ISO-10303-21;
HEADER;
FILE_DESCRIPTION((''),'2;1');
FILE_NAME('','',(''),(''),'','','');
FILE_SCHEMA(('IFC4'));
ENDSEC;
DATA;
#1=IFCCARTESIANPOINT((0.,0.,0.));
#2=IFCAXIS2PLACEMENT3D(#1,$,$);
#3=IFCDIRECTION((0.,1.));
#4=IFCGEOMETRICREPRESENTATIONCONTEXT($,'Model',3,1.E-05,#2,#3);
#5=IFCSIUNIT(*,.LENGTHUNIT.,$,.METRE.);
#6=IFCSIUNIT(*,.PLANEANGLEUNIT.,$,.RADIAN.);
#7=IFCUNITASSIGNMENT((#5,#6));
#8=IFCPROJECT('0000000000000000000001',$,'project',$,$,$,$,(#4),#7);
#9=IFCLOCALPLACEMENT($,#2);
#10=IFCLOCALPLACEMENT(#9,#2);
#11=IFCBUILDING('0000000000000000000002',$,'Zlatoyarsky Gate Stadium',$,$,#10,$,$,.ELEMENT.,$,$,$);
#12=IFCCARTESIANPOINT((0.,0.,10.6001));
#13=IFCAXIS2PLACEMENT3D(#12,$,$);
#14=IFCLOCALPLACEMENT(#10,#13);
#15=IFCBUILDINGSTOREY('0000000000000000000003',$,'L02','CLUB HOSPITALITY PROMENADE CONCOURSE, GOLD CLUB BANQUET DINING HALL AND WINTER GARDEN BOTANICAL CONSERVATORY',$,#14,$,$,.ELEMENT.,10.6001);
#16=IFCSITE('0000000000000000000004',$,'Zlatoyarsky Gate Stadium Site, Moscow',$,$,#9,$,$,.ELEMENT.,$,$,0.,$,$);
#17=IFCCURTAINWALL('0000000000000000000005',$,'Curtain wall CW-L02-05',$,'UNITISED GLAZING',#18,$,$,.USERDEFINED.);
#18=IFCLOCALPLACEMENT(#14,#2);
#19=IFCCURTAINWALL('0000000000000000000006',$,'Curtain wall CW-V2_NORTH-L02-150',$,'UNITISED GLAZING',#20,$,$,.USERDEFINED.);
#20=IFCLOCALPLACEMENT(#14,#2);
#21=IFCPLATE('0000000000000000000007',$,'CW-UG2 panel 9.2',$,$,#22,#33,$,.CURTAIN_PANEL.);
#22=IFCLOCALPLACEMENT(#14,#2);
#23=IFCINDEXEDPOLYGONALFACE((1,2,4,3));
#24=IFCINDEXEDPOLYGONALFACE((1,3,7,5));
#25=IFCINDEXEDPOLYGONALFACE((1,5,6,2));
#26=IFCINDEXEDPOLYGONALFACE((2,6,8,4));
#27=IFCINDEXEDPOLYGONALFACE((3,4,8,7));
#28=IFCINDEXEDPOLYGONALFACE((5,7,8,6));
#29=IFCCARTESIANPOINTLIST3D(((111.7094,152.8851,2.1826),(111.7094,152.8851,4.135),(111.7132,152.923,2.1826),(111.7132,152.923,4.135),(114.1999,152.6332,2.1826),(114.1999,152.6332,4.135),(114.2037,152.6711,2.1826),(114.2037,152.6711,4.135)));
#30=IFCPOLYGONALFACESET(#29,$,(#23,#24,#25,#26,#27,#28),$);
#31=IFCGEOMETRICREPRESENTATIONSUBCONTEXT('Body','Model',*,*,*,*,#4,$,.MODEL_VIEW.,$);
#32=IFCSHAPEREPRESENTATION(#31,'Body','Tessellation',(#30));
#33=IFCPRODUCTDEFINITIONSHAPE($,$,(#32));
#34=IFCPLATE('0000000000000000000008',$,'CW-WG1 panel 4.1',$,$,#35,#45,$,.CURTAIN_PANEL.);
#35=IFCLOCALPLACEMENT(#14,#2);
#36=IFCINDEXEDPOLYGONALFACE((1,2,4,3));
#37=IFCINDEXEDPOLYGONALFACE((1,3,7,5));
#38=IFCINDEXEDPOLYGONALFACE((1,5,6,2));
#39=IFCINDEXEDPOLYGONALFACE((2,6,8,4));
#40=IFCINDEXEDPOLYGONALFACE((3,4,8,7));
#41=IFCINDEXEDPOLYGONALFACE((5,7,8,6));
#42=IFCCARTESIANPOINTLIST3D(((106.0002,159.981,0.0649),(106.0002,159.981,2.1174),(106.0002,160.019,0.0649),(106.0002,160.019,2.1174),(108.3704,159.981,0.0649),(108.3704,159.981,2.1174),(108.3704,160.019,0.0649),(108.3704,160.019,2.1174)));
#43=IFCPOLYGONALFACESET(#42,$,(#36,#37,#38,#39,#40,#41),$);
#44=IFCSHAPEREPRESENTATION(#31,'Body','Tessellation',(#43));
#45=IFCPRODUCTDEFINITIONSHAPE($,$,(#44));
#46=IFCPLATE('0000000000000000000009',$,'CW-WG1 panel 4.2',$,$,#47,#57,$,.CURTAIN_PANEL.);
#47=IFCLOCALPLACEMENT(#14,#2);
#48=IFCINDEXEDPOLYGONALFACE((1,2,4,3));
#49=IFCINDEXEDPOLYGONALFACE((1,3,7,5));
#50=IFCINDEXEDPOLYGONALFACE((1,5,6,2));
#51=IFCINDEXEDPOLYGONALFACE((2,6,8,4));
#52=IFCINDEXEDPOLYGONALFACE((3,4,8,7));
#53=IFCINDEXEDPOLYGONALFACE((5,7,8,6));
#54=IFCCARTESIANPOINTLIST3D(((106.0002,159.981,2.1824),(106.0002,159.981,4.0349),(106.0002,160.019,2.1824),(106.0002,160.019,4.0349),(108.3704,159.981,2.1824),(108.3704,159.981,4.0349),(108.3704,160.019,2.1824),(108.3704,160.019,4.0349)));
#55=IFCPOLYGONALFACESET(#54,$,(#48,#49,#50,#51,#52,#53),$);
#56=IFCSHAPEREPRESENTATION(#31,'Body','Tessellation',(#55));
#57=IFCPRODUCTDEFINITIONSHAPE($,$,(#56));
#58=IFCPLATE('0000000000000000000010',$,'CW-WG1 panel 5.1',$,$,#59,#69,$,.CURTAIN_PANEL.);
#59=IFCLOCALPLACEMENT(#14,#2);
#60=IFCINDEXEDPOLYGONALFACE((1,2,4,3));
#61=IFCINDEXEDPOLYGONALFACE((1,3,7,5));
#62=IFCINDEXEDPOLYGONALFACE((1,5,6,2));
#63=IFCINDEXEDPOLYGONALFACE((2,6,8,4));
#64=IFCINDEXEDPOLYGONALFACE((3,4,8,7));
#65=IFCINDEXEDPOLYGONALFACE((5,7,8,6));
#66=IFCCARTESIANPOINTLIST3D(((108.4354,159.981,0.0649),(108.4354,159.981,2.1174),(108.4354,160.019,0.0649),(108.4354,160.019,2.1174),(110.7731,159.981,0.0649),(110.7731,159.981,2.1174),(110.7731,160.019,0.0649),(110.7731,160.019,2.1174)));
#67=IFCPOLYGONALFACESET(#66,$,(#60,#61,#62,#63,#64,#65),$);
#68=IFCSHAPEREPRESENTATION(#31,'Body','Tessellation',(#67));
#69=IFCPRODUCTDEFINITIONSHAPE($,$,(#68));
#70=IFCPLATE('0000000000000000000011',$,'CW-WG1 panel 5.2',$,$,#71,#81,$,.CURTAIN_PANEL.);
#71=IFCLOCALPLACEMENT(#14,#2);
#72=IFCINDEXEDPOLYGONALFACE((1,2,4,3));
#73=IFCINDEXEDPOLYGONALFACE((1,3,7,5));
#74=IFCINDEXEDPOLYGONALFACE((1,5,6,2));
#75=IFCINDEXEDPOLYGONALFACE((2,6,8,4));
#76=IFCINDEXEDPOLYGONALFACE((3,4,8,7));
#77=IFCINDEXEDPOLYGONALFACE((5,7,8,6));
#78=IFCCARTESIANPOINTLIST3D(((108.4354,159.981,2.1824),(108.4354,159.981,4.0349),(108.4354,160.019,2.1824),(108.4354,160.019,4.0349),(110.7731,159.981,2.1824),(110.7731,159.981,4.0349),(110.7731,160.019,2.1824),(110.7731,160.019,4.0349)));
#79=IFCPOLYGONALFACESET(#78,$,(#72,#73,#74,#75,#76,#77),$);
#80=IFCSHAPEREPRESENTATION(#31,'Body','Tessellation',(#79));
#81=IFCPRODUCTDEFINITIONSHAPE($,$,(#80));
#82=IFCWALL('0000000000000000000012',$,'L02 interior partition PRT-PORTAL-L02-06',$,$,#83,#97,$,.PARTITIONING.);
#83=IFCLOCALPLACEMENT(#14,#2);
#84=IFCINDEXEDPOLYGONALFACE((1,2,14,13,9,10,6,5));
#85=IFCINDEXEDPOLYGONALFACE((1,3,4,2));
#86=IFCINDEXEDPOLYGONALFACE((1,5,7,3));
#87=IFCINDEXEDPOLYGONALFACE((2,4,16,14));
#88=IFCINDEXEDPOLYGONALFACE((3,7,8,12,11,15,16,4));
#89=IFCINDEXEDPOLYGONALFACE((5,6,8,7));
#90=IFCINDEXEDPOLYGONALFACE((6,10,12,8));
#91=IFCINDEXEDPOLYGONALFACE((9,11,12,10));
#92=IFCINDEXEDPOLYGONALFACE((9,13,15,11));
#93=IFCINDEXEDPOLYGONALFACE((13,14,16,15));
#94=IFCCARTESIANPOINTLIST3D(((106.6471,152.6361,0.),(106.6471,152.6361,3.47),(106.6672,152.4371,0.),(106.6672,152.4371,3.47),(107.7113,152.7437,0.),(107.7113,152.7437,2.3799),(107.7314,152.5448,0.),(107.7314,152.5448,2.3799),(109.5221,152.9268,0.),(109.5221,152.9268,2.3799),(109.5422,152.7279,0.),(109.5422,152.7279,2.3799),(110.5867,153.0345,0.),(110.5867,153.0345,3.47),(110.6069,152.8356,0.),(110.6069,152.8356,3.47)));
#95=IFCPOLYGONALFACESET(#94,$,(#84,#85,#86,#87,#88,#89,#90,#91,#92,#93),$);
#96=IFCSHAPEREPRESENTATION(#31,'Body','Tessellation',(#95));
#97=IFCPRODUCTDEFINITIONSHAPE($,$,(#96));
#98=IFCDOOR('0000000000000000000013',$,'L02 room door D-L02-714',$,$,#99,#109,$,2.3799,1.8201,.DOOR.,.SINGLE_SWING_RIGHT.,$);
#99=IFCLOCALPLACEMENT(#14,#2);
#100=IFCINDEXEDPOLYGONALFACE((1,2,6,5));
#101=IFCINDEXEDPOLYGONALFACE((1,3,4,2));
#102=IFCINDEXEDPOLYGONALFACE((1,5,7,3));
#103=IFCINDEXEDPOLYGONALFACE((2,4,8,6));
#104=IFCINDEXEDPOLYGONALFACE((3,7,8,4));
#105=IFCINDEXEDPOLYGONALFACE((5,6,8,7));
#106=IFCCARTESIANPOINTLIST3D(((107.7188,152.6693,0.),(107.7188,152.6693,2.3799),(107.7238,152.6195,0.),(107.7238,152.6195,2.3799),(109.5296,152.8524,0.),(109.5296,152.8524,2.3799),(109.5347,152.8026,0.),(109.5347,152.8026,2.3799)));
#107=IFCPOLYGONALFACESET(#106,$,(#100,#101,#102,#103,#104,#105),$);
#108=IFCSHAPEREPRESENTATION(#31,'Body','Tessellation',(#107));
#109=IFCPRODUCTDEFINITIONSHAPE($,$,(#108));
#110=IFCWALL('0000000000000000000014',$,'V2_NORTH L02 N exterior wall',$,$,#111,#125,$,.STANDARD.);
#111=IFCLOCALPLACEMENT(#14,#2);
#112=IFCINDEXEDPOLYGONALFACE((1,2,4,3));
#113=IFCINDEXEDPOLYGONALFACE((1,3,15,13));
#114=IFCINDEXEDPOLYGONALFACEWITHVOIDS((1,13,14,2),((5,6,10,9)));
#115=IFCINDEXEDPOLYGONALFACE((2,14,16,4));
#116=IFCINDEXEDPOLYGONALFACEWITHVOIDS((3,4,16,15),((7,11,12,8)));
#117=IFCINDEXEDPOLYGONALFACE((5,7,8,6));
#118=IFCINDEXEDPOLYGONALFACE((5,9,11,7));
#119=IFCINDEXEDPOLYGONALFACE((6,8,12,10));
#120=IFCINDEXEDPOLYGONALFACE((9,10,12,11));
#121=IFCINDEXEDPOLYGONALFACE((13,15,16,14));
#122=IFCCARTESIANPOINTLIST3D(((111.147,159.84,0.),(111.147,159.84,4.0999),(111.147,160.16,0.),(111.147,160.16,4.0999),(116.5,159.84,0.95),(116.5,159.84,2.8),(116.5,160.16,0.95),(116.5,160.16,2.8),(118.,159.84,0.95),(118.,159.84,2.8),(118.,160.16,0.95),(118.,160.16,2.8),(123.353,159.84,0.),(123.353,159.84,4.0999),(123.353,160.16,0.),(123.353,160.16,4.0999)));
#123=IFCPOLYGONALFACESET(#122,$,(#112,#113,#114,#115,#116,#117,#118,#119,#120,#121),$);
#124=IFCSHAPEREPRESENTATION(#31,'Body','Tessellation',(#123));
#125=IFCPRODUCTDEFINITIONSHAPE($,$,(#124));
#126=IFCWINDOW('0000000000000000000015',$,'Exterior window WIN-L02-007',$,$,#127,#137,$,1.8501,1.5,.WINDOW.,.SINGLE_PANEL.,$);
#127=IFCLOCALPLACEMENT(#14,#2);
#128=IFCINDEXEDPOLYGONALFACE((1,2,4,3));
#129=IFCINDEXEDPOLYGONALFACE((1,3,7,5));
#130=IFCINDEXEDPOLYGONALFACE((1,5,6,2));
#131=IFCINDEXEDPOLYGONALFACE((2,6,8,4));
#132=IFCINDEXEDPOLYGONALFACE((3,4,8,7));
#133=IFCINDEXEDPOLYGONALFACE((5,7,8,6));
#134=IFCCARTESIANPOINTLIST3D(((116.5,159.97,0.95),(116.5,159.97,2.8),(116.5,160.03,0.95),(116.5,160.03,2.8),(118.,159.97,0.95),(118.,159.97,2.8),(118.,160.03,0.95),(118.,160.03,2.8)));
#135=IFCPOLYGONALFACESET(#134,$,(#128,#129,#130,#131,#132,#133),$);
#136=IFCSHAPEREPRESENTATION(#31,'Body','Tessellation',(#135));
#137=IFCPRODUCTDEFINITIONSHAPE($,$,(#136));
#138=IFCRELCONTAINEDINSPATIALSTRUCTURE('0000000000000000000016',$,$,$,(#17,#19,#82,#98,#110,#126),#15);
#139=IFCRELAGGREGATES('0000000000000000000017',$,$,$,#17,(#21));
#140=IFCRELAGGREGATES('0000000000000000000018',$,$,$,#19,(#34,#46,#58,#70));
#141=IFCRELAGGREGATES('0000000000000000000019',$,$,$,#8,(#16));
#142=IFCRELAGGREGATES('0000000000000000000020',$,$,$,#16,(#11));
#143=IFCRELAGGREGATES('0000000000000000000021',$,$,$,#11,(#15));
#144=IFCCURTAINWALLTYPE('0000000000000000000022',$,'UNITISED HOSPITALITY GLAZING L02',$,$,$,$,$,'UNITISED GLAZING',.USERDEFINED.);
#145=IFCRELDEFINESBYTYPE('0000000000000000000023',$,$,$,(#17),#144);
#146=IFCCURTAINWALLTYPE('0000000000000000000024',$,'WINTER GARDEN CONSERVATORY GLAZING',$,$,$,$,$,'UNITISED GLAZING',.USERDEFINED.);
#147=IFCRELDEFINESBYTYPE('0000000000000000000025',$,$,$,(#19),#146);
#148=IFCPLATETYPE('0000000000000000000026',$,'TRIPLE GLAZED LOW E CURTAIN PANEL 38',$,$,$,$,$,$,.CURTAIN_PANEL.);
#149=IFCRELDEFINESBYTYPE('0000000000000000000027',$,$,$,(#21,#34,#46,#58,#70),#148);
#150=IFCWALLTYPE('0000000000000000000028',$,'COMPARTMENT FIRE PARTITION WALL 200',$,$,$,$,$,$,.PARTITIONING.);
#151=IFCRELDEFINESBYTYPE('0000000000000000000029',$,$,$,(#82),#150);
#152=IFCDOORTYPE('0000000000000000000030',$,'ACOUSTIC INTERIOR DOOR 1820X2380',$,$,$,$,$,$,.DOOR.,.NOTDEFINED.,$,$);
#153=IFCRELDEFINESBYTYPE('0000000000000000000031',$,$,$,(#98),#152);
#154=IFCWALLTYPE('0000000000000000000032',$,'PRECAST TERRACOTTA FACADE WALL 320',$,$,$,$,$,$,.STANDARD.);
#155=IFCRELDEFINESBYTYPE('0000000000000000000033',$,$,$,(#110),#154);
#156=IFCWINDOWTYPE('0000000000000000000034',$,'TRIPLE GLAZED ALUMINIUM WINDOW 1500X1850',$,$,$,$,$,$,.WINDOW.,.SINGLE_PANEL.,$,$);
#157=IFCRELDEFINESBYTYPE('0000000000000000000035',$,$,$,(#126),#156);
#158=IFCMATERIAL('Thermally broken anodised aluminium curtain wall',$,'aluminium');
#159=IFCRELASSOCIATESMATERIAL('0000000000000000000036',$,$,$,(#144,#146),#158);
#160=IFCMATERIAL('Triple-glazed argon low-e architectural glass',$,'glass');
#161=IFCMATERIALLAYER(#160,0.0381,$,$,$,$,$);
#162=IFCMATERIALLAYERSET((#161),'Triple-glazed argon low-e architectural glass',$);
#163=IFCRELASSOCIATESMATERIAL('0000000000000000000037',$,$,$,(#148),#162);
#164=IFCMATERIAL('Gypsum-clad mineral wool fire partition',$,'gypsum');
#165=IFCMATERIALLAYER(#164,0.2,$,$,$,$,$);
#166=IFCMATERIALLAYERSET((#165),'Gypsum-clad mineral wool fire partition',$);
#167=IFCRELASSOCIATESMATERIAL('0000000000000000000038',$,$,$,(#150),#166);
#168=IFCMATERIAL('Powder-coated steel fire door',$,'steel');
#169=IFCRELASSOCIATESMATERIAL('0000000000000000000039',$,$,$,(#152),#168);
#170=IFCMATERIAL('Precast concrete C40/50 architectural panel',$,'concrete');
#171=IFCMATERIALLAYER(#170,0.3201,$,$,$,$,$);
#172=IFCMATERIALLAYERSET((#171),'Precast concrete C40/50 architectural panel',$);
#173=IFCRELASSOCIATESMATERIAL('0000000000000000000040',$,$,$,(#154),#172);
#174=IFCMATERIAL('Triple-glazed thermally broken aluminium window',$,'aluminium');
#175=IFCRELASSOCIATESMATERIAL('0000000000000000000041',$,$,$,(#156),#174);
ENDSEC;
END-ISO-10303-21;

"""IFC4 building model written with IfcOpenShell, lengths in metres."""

from ifc_helpers import new_model, si_unit, direction, frame, frame_2d, origin, origin_2d, place, context, subcontext, project, spatial, rectangle, extrude, material, layer, layer_set, type_object, element, fill, aggregate, save


model = new_model("IFC4")

# Units and contexts
model_context = context("Model", 3, precision=1e-05, world=origin(), true_north=direction((0.0, 1.0)))
body_context = subcontext(model_context, "Body", "Model", "MODEL_VIEW")
ifc_project = project(units=[si_unit("LENGTHUNIT", "METRE"), si_unit("PLANEANGLEUNIT", "RADIAN")], contexts=[model_context])

# Site, building, storey
site_placement = place(None, origin())
site = spatial("IfcSite", under=ifc_project, at=site_placement, Name="Zlatoyarsky Gate Stadium Site, Moscow", CompositionType="ELEMENT", RefElevation=0.0)
building_placement = place(site_placement, origin())
building = spatial("IfcBuilding", under=site, at=building_placement, Name="Zlatoyarsky Gate Stadium", CompositionType="ELEMENT")
storey_placement = place(building_placement, frame((0.0, 0.0, 10.6001)))
storey = spatial("IfcBuildingStorey", under=building, at=storey_placement, Name="L02", Description="CLUB HOSPITALITY PROMENADE CONCOURSE, GOLD CLUB BANQUET DINING HALL AND WINTER GARDEN BOTANICAL CONSERVATORY", CompositionType="ELEMENT", Elevation=10.6001)

# Curtain walls
ifc_material_1 = material(Name="Thermally broken anodised aluminium curtain wall", Category="aluminium")
curtain_wall_type_1 = type_object("IfcCurtainWallType", Name="UNITISED HOSPITALITY GLAZING L02", ElementType="UNITISED GLAZING", PredefinedType="USERDEFINED", material=ifc_material_1)
curtain_wall_1_placement = place(storey_placement, origin())
curtain_wall_1 = element("IfcCurtainWall", 1, at=curtain_wall_1_placement, inside=storey, type_object=curtain_wall_type_1, Name="Curtain wall CW-L02-05", ObjectType="UNITISED GLAZING", PredefinedType="USERDEFINED")
curtain_wall_type_2 = type_object("IfcCurtainWallType", Name="WINTER GARDEN CONSERVATORY GLAZING", ElementType="UNITISED GLAZING", PredefinedType="USERDEFINED", material=ifc_material_1)
curtain_wall_2_placement = place(storey_placement, origin())
curtain_wall_2 = element("IfcCurtainWall", 2, at=curtain_wall_2_placement, inside=storey, type_object=curtain_wall_type_2, Name="Curtain wall CW-V2_NORTH-L02-150", ObjectType="UNITISED GLAZING", PredefinedType="USERDEFINED")

# Plates
ifc_material_2 = material(Name="Triple-glazed argon low-e architectural glass", Category="glass")
ifc_layer_1 = layer(ifc_material_2, 0.0381)
ifc_layer_set_1 = layer_set([ifc_layer_1], Name="Triple-glazed argon low-e architectural glass")
plate_type_1 = type_object("IfcPlateType", Name="TRIPLE GLAZED LOW E CURTAIN PANEL 38", PredefinedType="CURTAIN_PANEL", material=ifc_layer_set_1)
plate_1_placement = place(storey_placement, frame((112.9565, 152.7781, 2.1826), z_axis=(0.0, 0.0, 1.0), x_axis=(-0.994922, 0.100645, 0.0)))
plate_1 = element("IfcPlate", 3, at=plate_1_placement, type_object=plate_type_1, Name="CW-UG2 panel 9.2", PredefinedType="CURTAIN_PANEL", context=body_context, shape_type="SweptSolid", body=[
    extrude(rectangle(XDim=2.5032, YDim=0.0381, at=origin_2d()), origin(), (0.0, 0.0, 1.0), 1.9524),
])
aggregate(curtain_wall_1, [plate_1])
plate_2_placement = place(storey_placement, frame((107.1853, 160.0, 0.0649), z_axis=(0.0, 0.0, 1.0), x_axis=(1.0, 0.0, 0.0)))
plate_2 = element("IfcPlate", 4, at=plate_2_placement, type_object=plate_type_1, Name="CW-WG1 panel 4.1", PredefinedType="CURTAIN_PANEL", context=body_context, shape_type="SweptSolid", body=[
    extrude(rectangle(XDim=2.3701, YDim=0.0381, at=origin_2d()), origin(), (0.0, 0.0, 1.0), 2.0525),
])
plate_3_placement = place(storey_placement, frame((107.1853, 160.0, 2.1824), z_axis=(0.0, 0.0, 1.0), x_axis=(1.0, 0.0, 0.0)))
plate_3 = element("IfcPlate", 5, at=plate_3_placement, type_object=plate_type_1, Name="CW-WG1 panel 4.2", PredefinedType="CURTAIN_PANEL", context=body_context, shape_type="SweptSolid", body=[
    extrude(rectangle(XDim=2.3701, YDim=0.0381, at=origin_2d()), origin(), (0.0, 0.0, 1.0), 1.8525),
])
plate_4_placement = place(storey_placement, frame((109.6042, 160.0, 0.0649), z_axis=(0.0, 0.0, 1.0), x_axis=(1.0, 0.0, 0.0)))
plate_4 = element("IfcPlate", 6, at=plate_4_placement, type_object=plate_type_1, Name="CW-WG1 panel 5.1", PredefinedType="CURTAIN_PANEL", context=body_context, shape_type="SweptSolid", body=[
    extrude(rectangle(XDim=2.3376, YDim=0.0381, at=origin_2d()), origin(), (0.0, 0.0, 1.0), 2.0525),
])
plate_5_placement = place(storey_placement, frame((109.6042, 160.0, 2.1824), z_axis=(0.0, 0.0, 1.0), x_axis=(1.0, 0.0, 0.0)))
plate_5 = element("IfcPlate", 7, at=plate_5_placement, type_object=plate_type_1, Name="CW-WG1 panel 5.2", PredefinedType="CURTAIN_PANEL", context=body_context, shape_type="SweptSolid", body=[
    extrude(rectangle(XDim=2.3376, YDim=0.0381, at=origin_2d()), origin(), (0.0, 0.0, 1.0), 1.8525),
])
aggregate(curtain_wall_2, [plate_2, plate_3, plate_4, plate_5])

# Wall, opening, door
ifc_material_3 = material(Name="Gypsum-clad mineral wool fire partition", Category="gypsum")
ifc_layer_2 = layer(ifc_material_3, 0.2)
ifc_layer_set_2 = layer_set([ifc_layer_2], Name="Gypsum-clad mineral wool fire partition")
wall_type_1 = type_object("IfcWallType", Name="COMPARTMENT FIRE PARTITION WALL 200", PredefinedType="PARTITIONING", material=ifc_layer_set_2)
wall_1_placement = place(storey_placement, frame((110.5969, 152.9351, 0.0), z_axis=(0.0, 0.0, 1.0), x_axis=(-0.994925, -0.100621, 0.0)))
wall_1 = element("IfcWall", 8, at=wall_1_placement, inside=storey, type_object=wall_type_1, Name="L02 interior partition PRT-PORTAL-L02-06", PredefinedType="PARTITIONING", context=body_context, shape_type="SweptSolid", body=[
    extrude(rectangle(XDim=3.9597, YDim=0.2, at=frame_2d((1.98, 0.0))), origin(), (0.0, 0.0, 1.0), 3.47),
])
opening_1_placement = place(wall_1_placement, frame((1.0701, 0.0, 0.0)))
opening_1 = element("IfcOpeningElement", 9, at=opening_1_placement, cuts=wall_1, PredefinedType="OPENING", context=body_context, shape_type="SweptSolid", body=[
    extrude(rectangle(XDim=1.8201, YDim=2.3799, at=frame_2d((0.9102, 1.1899))), frame((0.0, 0.1099, 0.0), z_axis=(0.0, -1.0, 0.0), x_axis=(1.0, 0.0, 0.0)), (0.0, 0.0, 1.0), 0.22),
])
ifc_material_4 = material(Name="Powder-coated steel fire door", Category="steel")
door_type = type_object("IfcDoorType", Name="ACOUSTIC INTERIOR DOOR 1820X2380", OperationType="NOTDEFINED", PredefinedType="DOOR", material=ifc_material_4)
door_placement = place(opening_1_placement, origin())
door = element("IfcDoor", 10, at=door_placement, inside=storey, type_object=door_type, Name="L02 room door D-L02-714", OperationType="SINGLE_SWING_RIGHT", OverallHeight=2.3799, OverallWidth=1.8201, PredefinedType="DOOR", context=body_context, shape_type="SweptSolid", body=[
    extrude(rectangle(XDim=1.8201, YDim=2.3799, at=frame_2d((0.9102, 1.1899))), frame((0.0, 0.0249, 0.0), z_axis=(0.0, -1.0, 0.0), x_axis=(1.0, 0.0, 0.0)), (0.0, 0.0, 1.0), 0.05),
])
fill(opening_1, door)

# Wall, opening, window
ifc_material_5 = material(Name="Precast concrete C40/50 architectural panel", Category="concrete")
ifc_layer_3 = layer(ifc_material_5, 0.3201)
ifc_layer_set_3 = layer_set([ifc_layer_3], Name="Precast concrete C40/50 architectural panel")
wall_type_2 = type_object("IfcWallType", Name="PRECAST TERRACOTTA FACADE WALL 320", PredefinedType="STANDARD", material=ifc_layer_set_3)
wall_2_placement = place(storey_placement, frame((111.147, 160.0, 0.0), z_axis=(0.0, 0.0, 1.0), x_axis=(1.0, 0.0, 0.0)))
wall_2 = element("IfcWall", 11, at=wall_2_placement, inside=storey, type_object=wall_type_2, Name="V2_NORTH L02 N exterior wall", PredefinedType="STANDARD", context=body_context, shape_type="SweptSolid", body=[
    extrude(rectangle(XDim=12.2061, YDim=0.3201, at=frame_2d((6.103, 0.0))), origin(), (0.0, 0.0, 1.0), 4.0999),
])
opening_2_placement = place(wall_2_placement, frame((5.353, 0.0, 0.95)))
opening_2 = element("IfcOpeningElement", 12, at=opening_2_placement, cuts=wall_2, PredefinedType="OPENING", context=body_context, shape_type="SweptSolid", body=[
    extrude(rectangle(XDim=1.5, YDim=1.8501, at=frame_2d((0.75, 0.925))), frame((0.0, 0.1699, 0.0), z_axis=(0.0, -1.0, 0.0), x_axis=(1.0, 0.0, 0.0)), (0.0, 0.0, 1.0), 0.3401),
])
ifc_material_6 = material(Name="Triple-glazed thermally broken aluminium window", Category="aluminium")
window_type = type_object("IfcWindowType", Name="TRIPLE GLAZED ALUMINIUM WINDOW 1500X1850", PartitioningType="SINGLE_PANEL", PredefinedType="WINDOW", material=ifc_material_6)
window_placement = place(opening_2_placement, origin())
window = element("IfcWindow", 13, at=window_placement, inside=storey, type_object=window_type, Name="Exterior window WIN-L02-007", OverallHeight=1.8501, OverallWidth=1.5, PartitioningType="SINGLE_PANEL", PredefinedType="WINDOW", context=body_context, shape_type="SweptSolid", body=[
    extrude(rectangle(XDim=1.5, YDim=1.8501, at=frame_2d((0.75, 0.925))), frame((0.0, 0.03, 0.0), z_axis=(0.0, -1.0, 0.0), x_axis=(1.0, 0.0, 0.0)), (0.0, 0.0, 1.0), 0.0601),
])
fill(opening_2, window)

save(model, "model.ifc")
